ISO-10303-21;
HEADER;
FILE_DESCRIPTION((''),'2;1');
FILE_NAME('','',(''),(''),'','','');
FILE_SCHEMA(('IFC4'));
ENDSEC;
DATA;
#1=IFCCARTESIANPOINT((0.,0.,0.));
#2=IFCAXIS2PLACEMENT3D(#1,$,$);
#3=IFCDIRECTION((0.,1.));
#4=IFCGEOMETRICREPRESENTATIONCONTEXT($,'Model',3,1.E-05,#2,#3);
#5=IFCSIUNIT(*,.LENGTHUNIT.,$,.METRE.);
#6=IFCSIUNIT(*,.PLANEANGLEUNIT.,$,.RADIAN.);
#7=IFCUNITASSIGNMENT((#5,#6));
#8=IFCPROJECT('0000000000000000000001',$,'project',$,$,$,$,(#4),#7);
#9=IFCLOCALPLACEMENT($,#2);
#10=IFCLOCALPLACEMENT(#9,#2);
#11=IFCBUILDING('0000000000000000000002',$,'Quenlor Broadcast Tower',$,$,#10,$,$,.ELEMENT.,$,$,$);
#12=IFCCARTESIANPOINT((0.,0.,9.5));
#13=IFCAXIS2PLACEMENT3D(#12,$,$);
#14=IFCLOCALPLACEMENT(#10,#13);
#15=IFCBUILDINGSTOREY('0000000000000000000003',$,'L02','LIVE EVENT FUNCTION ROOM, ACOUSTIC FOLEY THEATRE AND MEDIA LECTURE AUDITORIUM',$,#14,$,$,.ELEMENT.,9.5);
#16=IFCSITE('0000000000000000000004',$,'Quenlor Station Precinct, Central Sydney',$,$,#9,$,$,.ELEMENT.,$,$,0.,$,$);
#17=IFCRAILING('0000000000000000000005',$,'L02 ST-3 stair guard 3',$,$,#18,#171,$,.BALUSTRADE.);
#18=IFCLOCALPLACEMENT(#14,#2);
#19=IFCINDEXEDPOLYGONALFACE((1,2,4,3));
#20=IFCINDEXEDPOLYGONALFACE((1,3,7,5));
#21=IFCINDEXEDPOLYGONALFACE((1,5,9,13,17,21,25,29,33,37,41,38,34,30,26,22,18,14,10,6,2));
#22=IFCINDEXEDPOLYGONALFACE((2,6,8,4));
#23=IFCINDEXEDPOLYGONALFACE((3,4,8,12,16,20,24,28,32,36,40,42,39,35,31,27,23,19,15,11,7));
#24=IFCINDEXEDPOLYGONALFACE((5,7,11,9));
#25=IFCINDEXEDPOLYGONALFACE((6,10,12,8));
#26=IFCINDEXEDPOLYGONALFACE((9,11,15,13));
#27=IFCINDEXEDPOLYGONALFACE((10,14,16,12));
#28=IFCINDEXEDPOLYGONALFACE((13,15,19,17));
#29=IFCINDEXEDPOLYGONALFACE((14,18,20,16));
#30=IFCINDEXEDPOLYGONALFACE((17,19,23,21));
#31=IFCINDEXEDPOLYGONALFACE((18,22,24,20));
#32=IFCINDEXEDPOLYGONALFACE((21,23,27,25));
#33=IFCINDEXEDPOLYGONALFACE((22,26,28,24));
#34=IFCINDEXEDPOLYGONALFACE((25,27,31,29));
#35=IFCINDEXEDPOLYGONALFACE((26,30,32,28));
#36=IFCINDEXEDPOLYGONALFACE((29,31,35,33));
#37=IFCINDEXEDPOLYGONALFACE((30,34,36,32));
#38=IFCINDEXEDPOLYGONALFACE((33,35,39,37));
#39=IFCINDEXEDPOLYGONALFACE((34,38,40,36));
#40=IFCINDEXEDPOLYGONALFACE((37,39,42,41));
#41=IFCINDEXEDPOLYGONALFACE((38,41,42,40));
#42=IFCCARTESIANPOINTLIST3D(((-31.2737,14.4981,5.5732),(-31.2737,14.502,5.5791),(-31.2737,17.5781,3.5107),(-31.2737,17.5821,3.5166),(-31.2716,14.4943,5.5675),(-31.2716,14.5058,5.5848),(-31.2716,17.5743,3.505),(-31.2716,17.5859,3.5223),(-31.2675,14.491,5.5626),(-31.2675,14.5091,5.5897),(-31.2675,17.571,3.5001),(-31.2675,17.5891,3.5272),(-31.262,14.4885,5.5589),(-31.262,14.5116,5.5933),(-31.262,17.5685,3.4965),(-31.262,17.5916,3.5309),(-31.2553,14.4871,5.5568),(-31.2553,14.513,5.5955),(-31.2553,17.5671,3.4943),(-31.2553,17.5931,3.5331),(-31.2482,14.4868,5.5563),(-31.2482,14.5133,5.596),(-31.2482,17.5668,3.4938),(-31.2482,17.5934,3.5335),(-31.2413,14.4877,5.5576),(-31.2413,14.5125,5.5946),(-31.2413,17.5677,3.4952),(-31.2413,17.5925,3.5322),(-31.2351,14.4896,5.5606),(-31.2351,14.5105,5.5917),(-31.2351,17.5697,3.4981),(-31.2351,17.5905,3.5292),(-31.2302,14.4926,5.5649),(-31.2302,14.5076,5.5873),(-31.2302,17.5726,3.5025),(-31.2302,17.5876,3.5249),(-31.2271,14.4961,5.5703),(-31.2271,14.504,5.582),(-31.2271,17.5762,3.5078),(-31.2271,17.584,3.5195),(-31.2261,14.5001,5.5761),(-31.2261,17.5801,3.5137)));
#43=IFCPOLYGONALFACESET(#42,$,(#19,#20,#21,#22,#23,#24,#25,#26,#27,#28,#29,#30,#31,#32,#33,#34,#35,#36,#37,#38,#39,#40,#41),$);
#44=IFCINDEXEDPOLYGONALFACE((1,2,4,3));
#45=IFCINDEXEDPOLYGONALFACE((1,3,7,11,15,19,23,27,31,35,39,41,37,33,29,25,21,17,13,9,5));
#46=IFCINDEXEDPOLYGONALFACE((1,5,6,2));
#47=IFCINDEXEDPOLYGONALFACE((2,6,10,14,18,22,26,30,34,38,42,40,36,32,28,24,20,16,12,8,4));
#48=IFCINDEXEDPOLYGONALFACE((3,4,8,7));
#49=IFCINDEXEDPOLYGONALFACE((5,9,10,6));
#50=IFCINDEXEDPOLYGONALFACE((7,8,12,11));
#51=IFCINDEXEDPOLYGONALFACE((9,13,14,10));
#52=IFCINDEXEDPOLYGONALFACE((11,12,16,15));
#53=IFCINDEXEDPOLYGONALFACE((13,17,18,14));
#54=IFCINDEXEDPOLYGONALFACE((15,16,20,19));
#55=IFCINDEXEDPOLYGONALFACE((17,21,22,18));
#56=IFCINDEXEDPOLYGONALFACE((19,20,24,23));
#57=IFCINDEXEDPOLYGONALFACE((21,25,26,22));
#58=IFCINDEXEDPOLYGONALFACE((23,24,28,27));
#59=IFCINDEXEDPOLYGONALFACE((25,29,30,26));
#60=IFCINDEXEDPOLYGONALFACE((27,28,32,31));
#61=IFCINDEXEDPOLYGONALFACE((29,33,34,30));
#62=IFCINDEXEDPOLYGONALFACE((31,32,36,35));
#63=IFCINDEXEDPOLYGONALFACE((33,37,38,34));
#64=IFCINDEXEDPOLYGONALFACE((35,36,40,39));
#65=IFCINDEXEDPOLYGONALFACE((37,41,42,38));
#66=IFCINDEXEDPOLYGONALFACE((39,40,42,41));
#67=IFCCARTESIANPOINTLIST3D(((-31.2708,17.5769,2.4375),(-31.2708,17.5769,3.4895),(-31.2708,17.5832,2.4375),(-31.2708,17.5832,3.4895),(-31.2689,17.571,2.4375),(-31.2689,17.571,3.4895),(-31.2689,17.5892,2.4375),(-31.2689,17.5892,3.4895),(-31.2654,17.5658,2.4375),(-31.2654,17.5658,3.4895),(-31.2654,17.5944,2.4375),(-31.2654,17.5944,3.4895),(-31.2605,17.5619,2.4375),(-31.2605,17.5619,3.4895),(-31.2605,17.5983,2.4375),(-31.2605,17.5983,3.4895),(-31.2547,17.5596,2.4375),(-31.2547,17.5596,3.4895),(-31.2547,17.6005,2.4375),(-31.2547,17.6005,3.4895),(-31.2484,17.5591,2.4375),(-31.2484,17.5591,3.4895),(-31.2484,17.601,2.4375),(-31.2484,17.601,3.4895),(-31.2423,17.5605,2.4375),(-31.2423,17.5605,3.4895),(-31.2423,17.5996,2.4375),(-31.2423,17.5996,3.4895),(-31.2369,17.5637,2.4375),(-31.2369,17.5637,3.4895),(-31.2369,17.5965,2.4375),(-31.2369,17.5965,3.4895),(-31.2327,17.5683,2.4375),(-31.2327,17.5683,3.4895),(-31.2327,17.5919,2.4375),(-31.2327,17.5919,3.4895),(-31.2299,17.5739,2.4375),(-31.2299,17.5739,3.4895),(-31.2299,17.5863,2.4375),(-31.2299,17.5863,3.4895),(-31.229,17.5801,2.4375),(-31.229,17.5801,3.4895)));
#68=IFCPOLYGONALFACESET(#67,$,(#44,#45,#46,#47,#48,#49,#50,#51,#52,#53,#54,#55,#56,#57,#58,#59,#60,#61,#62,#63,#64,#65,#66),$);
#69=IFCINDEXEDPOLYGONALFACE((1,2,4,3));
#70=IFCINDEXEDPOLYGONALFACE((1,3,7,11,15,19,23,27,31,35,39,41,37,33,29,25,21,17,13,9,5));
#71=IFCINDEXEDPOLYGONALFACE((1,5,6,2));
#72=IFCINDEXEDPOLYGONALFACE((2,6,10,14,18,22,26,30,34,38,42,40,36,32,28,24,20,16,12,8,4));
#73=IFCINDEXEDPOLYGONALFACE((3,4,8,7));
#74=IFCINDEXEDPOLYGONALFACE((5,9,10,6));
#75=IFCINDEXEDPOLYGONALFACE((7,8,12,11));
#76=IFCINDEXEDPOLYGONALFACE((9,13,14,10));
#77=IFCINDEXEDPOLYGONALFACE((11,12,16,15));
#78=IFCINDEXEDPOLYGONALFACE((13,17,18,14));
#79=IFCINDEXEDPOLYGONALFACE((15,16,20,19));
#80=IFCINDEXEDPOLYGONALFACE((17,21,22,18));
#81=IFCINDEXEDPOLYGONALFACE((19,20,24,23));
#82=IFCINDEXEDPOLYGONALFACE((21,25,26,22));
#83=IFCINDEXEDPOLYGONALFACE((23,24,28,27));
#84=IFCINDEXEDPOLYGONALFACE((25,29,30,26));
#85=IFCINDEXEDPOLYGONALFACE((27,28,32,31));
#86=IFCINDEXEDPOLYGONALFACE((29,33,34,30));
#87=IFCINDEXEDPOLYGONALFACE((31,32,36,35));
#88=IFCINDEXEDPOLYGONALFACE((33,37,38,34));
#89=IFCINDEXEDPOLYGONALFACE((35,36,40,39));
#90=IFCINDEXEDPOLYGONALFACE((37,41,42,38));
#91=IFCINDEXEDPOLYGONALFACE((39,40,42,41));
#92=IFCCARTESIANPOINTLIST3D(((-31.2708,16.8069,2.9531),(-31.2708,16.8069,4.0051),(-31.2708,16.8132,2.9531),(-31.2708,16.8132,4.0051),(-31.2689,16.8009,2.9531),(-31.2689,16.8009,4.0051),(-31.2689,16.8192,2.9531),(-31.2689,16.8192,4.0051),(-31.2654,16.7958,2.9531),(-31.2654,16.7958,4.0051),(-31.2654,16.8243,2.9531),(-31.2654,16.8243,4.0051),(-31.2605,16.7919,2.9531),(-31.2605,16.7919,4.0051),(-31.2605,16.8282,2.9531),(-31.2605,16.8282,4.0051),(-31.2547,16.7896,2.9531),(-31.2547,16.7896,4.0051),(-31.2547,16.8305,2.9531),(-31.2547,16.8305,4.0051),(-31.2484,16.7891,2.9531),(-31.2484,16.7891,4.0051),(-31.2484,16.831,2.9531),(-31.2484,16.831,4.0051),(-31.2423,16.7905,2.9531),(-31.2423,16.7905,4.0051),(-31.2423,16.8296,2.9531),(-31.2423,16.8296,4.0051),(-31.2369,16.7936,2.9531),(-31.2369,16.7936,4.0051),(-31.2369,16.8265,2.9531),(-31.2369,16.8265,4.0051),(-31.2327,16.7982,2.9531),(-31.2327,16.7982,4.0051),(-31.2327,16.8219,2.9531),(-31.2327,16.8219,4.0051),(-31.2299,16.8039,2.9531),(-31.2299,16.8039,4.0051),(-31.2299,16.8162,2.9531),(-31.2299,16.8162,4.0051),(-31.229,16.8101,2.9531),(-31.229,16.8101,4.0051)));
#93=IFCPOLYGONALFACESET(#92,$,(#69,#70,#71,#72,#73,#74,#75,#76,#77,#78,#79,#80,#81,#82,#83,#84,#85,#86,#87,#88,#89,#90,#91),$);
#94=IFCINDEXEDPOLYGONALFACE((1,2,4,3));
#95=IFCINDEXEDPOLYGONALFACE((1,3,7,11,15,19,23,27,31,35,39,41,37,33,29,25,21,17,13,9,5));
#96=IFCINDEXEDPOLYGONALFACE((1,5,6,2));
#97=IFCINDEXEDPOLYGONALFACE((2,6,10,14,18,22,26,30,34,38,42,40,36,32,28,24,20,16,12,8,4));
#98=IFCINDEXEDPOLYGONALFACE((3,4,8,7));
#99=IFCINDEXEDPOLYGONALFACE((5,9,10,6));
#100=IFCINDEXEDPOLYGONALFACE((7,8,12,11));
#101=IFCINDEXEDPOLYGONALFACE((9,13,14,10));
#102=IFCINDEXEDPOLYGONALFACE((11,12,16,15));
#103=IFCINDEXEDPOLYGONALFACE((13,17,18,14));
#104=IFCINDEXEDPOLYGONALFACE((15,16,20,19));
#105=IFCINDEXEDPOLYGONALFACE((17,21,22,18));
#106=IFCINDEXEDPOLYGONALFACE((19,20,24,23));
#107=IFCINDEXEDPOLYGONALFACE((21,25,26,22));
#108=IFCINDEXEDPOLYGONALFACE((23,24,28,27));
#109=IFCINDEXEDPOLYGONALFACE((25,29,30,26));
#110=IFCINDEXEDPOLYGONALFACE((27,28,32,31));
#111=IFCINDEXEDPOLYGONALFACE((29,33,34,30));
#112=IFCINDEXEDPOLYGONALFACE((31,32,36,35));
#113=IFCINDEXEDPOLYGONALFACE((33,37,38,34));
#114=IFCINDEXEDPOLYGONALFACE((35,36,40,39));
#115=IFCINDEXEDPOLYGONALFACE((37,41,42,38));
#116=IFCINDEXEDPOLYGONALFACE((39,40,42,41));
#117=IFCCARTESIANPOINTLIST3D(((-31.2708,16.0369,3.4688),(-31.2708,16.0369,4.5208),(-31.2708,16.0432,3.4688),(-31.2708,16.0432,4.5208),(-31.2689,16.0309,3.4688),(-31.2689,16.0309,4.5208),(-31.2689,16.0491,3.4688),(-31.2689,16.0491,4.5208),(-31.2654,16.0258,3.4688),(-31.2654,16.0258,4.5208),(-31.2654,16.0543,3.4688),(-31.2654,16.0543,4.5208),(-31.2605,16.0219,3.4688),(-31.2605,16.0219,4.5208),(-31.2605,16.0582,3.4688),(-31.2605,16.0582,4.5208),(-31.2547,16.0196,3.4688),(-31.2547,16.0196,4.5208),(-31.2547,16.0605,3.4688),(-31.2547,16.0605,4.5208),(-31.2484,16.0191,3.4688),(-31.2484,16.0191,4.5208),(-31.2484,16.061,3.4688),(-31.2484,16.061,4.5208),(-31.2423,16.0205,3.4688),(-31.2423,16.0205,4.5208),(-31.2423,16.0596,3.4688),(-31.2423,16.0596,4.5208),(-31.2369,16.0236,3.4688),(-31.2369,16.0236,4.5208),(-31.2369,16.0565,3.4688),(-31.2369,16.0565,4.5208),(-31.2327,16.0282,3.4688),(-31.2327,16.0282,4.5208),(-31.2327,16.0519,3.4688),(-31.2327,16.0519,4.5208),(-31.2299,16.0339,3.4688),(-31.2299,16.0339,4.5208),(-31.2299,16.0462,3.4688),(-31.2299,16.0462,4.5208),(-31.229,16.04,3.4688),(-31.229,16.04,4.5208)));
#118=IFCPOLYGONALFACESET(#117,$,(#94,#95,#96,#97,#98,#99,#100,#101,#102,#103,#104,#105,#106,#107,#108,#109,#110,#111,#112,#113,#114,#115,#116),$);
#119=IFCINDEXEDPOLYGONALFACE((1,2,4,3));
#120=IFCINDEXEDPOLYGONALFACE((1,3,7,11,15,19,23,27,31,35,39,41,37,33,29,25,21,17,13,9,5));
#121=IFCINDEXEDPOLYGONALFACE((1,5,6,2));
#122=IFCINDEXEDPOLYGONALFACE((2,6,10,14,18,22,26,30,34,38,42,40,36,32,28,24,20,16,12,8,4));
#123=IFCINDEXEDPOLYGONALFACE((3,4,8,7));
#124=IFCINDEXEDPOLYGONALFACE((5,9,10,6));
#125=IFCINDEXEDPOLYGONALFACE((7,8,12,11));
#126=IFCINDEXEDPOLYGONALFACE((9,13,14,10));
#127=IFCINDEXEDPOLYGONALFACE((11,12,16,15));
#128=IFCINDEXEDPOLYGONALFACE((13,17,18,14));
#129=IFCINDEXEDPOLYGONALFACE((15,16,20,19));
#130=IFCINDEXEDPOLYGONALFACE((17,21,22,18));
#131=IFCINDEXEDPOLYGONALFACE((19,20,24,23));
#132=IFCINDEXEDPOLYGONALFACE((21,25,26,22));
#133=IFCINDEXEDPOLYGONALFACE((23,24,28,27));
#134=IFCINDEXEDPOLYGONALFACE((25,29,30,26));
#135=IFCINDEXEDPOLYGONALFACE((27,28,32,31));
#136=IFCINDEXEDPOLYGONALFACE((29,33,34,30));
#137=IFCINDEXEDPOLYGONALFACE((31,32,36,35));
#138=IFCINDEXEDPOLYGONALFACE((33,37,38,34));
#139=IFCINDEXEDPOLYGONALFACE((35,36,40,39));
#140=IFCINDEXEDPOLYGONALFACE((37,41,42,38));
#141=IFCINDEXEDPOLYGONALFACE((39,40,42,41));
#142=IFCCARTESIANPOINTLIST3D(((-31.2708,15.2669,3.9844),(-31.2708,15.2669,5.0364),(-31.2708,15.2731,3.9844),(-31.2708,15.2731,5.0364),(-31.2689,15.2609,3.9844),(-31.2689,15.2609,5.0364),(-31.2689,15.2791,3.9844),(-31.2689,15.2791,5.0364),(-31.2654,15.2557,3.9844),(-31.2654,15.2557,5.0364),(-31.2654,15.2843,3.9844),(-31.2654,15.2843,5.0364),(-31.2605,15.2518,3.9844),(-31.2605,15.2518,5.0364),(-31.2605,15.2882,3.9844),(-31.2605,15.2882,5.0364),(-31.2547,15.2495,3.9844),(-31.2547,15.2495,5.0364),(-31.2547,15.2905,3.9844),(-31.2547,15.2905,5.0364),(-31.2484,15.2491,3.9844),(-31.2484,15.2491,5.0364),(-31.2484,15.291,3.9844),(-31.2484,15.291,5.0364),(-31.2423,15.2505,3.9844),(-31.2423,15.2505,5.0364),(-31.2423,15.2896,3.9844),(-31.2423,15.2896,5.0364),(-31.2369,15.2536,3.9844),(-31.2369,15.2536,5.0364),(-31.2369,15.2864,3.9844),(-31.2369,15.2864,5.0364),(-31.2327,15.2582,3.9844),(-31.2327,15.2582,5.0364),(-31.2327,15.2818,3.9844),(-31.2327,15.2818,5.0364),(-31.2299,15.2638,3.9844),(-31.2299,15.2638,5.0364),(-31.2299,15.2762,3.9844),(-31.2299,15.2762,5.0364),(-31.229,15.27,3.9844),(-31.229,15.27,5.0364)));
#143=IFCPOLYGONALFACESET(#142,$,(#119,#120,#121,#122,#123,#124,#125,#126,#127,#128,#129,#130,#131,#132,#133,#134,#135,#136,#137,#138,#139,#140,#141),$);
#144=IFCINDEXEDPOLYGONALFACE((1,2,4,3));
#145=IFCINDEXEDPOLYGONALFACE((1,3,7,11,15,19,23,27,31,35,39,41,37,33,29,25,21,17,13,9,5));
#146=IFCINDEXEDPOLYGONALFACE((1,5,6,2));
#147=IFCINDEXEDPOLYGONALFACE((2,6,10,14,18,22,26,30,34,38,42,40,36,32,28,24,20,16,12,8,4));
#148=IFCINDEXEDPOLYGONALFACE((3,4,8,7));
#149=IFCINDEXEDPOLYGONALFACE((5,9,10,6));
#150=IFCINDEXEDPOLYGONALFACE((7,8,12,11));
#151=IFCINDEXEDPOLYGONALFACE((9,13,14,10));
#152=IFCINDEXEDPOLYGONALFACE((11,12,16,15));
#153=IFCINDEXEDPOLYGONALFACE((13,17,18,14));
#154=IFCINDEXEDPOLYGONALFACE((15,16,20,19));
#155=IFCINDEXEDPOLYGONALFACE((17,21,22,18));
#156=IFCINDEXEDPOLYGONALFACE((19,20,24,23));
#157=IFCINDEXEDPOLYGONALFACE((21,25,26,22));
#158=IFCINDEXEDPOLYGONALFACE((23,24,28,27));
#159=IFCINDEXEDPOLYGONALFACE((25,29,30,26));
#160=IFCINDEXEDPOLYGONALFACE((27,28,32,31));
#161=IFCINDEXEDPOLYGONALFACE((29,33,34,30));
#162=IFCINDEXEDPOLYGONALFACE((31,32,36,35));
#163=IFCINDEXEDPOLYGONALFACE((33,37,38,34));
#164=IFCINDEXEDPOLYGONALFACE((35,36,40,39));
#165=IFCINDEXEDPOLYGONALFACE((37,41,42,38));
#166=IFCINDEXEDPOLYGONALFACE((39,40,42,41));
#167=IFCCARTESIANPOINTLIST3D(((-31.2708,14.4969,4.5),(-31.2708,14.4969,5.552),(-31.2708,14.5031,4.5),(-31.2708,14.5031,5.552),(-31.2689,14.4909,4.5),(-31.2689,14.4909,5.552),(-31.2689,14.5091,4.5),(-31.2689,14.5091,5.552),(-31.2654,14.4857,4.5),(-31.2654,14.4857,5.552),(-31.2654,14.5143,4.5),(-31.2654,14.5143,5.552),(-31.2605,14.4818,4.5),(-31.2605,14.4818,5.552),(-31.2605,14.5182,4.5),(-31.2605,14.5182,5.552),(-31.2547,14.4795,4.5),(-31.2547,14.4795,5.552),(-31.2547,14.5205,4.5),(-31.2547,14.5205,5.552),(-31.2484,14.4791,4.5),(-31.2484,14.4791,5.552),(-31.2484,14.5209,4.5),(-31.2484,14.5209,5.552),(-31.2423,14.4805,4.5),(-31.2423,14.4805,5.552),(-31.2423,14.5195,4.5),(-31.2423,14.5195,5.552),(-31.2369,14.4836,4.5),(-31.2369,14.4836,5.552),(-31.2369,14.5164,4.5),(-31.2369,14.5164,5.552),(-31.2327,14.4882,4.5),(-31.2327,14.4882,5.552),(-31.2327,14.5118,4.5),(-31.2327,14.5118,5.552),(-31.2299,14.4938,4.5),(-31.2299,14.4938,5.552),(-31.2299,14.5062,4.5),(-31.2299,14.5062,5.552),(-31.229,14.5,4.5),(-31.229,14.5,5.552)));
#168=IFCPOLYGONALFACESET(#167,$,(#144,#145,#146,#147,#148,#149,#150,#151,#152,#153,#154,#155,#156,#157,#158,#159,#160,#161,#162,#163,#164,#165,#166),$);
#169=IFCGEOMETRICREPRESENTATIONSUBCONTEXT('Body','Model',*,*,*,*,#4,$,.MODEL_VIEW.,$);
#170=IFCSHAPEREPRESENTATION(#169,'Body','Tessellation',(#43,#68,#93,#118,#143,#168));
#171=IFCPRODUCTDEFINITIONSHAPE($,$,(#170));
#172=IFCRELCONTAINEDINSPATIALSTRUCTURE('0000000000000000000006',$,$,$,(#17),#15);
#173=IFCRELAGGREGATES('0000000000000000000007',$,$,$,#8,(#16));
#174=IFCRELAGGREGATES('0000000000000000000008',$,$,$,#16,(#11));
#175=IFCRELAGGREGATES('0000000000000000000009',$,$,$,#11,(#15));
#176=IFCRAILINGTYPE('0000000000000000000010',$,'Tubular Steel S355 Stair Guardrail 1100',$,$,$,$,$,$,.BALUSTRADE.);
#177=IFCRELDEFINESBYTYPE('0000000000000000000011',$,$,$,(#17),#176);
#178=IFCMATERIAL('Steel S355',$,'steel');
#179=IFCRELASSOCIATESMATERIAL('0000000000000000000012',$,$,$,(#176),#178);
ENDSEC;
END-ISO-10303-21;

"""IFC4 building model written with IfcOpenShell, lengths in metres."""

from ifc_helpers import new_model, si_unit, direction, frame, origin, origin_2d, place, context, subcontext, project, spatial, circle, extrude, material, type_object, element, save


model = new_model("IFC4")

# Units and contexts
model_context = context("Model", 3, precision=1e-05, world=origin(), true_north=direction((0.0, 1.0)))
body_context = subcontext(model_context, "Body", "Model", "MODEL_VIEW")
ifc_project = project(units=[si_unit("LENGTHUNIT", "METRE"), si_unit("PLANEANGLEUNIT", "RADIAN")], contexts=[model_context])

# Site, building, storey
site_placement = place(None, origin())
site = spatial("IfcSite", under=ifc_project, at=site_placement, Name="Quenlor Station Precinct, Central Sydney", CompositionType="ELEMENT", RefElevation=0.0)
building_placement = place(site_placement, origin())
building = spatial("IfcBuilding", under=site, at=building_placement, Name="Quenlor Broadcast Tower", CompositionType="ELEMENT")
storey_placement = place(building_placement, frame((0.0, 0.0, 9.5)))
storey = spatial("IfcBuildingStorey", under=building, at=storey_placement, Name="L02", Description="LIVE EVENT FUNCTION ROOM, ACOUSTIC FOLEY THEATRE AND MEDIA LECTURE AUDITORIUM", CompositionType="ELEMENT", Elevation=9.5)

# Railing
ifc_material_1 = material(Name="Steel S355", Category="steel")
railing_type_1 = type_object("IfcRailingType", Name="Tubular Steel S355 Stair Guardrail 1100", PredefinedType="BALUSTRADE", material=ifc_material_1)
railing_1_placement = place(storey_placement, frame((-31.25, 17.5801, 2.4375)))
element("IfcRailing", 1, at=railing_1_placement, inside=storey, type_object=railing_type_1, Name="L02 ST-3 stair guard 3", PredefinedType="BALUSTRADE", context=body_context, shape_type="SweptSolid", body=[
    extrude(circle(Radius=0.0239, at=origin_2d()), frame((0.0, 0.0, 1.0762), z_axis=(0.0, -0.830914, 0.556401), x_axis=(1.0, 0.0, 0.0)), (0.0, 0.0, 1.0), 3.7068),
    extrude(circle(Radius=0.021, at=origin_2d()), origin(), (0.0, 0.0, 1.0), 1.052),
    extrude(circle(Radius=0.021, at=origin_2d()), frame((0.0, -0.77, 0.5156)), (0.0, 0.0, 1.0), 1.052),
    extrude(circle(Radius=0.021, at=origin_2d()), frame((0.0, -1.54, 1.0312)), (0.0, 0.0, 1.0), 1.052),
    extrude(circle(Radius=0.021, at=origin_2d()), frame((0.0, -2.3101, 1.5469)), (0.0, 0.0, 1.0), 1.052),
    extrude(circle(Radius=0.021, at=origin_2d()), frame((0.0, -3.0801, 2.0625)), (0.0, 0.0, 1.0), 1.052),
])

save(model, "model.ifc")
